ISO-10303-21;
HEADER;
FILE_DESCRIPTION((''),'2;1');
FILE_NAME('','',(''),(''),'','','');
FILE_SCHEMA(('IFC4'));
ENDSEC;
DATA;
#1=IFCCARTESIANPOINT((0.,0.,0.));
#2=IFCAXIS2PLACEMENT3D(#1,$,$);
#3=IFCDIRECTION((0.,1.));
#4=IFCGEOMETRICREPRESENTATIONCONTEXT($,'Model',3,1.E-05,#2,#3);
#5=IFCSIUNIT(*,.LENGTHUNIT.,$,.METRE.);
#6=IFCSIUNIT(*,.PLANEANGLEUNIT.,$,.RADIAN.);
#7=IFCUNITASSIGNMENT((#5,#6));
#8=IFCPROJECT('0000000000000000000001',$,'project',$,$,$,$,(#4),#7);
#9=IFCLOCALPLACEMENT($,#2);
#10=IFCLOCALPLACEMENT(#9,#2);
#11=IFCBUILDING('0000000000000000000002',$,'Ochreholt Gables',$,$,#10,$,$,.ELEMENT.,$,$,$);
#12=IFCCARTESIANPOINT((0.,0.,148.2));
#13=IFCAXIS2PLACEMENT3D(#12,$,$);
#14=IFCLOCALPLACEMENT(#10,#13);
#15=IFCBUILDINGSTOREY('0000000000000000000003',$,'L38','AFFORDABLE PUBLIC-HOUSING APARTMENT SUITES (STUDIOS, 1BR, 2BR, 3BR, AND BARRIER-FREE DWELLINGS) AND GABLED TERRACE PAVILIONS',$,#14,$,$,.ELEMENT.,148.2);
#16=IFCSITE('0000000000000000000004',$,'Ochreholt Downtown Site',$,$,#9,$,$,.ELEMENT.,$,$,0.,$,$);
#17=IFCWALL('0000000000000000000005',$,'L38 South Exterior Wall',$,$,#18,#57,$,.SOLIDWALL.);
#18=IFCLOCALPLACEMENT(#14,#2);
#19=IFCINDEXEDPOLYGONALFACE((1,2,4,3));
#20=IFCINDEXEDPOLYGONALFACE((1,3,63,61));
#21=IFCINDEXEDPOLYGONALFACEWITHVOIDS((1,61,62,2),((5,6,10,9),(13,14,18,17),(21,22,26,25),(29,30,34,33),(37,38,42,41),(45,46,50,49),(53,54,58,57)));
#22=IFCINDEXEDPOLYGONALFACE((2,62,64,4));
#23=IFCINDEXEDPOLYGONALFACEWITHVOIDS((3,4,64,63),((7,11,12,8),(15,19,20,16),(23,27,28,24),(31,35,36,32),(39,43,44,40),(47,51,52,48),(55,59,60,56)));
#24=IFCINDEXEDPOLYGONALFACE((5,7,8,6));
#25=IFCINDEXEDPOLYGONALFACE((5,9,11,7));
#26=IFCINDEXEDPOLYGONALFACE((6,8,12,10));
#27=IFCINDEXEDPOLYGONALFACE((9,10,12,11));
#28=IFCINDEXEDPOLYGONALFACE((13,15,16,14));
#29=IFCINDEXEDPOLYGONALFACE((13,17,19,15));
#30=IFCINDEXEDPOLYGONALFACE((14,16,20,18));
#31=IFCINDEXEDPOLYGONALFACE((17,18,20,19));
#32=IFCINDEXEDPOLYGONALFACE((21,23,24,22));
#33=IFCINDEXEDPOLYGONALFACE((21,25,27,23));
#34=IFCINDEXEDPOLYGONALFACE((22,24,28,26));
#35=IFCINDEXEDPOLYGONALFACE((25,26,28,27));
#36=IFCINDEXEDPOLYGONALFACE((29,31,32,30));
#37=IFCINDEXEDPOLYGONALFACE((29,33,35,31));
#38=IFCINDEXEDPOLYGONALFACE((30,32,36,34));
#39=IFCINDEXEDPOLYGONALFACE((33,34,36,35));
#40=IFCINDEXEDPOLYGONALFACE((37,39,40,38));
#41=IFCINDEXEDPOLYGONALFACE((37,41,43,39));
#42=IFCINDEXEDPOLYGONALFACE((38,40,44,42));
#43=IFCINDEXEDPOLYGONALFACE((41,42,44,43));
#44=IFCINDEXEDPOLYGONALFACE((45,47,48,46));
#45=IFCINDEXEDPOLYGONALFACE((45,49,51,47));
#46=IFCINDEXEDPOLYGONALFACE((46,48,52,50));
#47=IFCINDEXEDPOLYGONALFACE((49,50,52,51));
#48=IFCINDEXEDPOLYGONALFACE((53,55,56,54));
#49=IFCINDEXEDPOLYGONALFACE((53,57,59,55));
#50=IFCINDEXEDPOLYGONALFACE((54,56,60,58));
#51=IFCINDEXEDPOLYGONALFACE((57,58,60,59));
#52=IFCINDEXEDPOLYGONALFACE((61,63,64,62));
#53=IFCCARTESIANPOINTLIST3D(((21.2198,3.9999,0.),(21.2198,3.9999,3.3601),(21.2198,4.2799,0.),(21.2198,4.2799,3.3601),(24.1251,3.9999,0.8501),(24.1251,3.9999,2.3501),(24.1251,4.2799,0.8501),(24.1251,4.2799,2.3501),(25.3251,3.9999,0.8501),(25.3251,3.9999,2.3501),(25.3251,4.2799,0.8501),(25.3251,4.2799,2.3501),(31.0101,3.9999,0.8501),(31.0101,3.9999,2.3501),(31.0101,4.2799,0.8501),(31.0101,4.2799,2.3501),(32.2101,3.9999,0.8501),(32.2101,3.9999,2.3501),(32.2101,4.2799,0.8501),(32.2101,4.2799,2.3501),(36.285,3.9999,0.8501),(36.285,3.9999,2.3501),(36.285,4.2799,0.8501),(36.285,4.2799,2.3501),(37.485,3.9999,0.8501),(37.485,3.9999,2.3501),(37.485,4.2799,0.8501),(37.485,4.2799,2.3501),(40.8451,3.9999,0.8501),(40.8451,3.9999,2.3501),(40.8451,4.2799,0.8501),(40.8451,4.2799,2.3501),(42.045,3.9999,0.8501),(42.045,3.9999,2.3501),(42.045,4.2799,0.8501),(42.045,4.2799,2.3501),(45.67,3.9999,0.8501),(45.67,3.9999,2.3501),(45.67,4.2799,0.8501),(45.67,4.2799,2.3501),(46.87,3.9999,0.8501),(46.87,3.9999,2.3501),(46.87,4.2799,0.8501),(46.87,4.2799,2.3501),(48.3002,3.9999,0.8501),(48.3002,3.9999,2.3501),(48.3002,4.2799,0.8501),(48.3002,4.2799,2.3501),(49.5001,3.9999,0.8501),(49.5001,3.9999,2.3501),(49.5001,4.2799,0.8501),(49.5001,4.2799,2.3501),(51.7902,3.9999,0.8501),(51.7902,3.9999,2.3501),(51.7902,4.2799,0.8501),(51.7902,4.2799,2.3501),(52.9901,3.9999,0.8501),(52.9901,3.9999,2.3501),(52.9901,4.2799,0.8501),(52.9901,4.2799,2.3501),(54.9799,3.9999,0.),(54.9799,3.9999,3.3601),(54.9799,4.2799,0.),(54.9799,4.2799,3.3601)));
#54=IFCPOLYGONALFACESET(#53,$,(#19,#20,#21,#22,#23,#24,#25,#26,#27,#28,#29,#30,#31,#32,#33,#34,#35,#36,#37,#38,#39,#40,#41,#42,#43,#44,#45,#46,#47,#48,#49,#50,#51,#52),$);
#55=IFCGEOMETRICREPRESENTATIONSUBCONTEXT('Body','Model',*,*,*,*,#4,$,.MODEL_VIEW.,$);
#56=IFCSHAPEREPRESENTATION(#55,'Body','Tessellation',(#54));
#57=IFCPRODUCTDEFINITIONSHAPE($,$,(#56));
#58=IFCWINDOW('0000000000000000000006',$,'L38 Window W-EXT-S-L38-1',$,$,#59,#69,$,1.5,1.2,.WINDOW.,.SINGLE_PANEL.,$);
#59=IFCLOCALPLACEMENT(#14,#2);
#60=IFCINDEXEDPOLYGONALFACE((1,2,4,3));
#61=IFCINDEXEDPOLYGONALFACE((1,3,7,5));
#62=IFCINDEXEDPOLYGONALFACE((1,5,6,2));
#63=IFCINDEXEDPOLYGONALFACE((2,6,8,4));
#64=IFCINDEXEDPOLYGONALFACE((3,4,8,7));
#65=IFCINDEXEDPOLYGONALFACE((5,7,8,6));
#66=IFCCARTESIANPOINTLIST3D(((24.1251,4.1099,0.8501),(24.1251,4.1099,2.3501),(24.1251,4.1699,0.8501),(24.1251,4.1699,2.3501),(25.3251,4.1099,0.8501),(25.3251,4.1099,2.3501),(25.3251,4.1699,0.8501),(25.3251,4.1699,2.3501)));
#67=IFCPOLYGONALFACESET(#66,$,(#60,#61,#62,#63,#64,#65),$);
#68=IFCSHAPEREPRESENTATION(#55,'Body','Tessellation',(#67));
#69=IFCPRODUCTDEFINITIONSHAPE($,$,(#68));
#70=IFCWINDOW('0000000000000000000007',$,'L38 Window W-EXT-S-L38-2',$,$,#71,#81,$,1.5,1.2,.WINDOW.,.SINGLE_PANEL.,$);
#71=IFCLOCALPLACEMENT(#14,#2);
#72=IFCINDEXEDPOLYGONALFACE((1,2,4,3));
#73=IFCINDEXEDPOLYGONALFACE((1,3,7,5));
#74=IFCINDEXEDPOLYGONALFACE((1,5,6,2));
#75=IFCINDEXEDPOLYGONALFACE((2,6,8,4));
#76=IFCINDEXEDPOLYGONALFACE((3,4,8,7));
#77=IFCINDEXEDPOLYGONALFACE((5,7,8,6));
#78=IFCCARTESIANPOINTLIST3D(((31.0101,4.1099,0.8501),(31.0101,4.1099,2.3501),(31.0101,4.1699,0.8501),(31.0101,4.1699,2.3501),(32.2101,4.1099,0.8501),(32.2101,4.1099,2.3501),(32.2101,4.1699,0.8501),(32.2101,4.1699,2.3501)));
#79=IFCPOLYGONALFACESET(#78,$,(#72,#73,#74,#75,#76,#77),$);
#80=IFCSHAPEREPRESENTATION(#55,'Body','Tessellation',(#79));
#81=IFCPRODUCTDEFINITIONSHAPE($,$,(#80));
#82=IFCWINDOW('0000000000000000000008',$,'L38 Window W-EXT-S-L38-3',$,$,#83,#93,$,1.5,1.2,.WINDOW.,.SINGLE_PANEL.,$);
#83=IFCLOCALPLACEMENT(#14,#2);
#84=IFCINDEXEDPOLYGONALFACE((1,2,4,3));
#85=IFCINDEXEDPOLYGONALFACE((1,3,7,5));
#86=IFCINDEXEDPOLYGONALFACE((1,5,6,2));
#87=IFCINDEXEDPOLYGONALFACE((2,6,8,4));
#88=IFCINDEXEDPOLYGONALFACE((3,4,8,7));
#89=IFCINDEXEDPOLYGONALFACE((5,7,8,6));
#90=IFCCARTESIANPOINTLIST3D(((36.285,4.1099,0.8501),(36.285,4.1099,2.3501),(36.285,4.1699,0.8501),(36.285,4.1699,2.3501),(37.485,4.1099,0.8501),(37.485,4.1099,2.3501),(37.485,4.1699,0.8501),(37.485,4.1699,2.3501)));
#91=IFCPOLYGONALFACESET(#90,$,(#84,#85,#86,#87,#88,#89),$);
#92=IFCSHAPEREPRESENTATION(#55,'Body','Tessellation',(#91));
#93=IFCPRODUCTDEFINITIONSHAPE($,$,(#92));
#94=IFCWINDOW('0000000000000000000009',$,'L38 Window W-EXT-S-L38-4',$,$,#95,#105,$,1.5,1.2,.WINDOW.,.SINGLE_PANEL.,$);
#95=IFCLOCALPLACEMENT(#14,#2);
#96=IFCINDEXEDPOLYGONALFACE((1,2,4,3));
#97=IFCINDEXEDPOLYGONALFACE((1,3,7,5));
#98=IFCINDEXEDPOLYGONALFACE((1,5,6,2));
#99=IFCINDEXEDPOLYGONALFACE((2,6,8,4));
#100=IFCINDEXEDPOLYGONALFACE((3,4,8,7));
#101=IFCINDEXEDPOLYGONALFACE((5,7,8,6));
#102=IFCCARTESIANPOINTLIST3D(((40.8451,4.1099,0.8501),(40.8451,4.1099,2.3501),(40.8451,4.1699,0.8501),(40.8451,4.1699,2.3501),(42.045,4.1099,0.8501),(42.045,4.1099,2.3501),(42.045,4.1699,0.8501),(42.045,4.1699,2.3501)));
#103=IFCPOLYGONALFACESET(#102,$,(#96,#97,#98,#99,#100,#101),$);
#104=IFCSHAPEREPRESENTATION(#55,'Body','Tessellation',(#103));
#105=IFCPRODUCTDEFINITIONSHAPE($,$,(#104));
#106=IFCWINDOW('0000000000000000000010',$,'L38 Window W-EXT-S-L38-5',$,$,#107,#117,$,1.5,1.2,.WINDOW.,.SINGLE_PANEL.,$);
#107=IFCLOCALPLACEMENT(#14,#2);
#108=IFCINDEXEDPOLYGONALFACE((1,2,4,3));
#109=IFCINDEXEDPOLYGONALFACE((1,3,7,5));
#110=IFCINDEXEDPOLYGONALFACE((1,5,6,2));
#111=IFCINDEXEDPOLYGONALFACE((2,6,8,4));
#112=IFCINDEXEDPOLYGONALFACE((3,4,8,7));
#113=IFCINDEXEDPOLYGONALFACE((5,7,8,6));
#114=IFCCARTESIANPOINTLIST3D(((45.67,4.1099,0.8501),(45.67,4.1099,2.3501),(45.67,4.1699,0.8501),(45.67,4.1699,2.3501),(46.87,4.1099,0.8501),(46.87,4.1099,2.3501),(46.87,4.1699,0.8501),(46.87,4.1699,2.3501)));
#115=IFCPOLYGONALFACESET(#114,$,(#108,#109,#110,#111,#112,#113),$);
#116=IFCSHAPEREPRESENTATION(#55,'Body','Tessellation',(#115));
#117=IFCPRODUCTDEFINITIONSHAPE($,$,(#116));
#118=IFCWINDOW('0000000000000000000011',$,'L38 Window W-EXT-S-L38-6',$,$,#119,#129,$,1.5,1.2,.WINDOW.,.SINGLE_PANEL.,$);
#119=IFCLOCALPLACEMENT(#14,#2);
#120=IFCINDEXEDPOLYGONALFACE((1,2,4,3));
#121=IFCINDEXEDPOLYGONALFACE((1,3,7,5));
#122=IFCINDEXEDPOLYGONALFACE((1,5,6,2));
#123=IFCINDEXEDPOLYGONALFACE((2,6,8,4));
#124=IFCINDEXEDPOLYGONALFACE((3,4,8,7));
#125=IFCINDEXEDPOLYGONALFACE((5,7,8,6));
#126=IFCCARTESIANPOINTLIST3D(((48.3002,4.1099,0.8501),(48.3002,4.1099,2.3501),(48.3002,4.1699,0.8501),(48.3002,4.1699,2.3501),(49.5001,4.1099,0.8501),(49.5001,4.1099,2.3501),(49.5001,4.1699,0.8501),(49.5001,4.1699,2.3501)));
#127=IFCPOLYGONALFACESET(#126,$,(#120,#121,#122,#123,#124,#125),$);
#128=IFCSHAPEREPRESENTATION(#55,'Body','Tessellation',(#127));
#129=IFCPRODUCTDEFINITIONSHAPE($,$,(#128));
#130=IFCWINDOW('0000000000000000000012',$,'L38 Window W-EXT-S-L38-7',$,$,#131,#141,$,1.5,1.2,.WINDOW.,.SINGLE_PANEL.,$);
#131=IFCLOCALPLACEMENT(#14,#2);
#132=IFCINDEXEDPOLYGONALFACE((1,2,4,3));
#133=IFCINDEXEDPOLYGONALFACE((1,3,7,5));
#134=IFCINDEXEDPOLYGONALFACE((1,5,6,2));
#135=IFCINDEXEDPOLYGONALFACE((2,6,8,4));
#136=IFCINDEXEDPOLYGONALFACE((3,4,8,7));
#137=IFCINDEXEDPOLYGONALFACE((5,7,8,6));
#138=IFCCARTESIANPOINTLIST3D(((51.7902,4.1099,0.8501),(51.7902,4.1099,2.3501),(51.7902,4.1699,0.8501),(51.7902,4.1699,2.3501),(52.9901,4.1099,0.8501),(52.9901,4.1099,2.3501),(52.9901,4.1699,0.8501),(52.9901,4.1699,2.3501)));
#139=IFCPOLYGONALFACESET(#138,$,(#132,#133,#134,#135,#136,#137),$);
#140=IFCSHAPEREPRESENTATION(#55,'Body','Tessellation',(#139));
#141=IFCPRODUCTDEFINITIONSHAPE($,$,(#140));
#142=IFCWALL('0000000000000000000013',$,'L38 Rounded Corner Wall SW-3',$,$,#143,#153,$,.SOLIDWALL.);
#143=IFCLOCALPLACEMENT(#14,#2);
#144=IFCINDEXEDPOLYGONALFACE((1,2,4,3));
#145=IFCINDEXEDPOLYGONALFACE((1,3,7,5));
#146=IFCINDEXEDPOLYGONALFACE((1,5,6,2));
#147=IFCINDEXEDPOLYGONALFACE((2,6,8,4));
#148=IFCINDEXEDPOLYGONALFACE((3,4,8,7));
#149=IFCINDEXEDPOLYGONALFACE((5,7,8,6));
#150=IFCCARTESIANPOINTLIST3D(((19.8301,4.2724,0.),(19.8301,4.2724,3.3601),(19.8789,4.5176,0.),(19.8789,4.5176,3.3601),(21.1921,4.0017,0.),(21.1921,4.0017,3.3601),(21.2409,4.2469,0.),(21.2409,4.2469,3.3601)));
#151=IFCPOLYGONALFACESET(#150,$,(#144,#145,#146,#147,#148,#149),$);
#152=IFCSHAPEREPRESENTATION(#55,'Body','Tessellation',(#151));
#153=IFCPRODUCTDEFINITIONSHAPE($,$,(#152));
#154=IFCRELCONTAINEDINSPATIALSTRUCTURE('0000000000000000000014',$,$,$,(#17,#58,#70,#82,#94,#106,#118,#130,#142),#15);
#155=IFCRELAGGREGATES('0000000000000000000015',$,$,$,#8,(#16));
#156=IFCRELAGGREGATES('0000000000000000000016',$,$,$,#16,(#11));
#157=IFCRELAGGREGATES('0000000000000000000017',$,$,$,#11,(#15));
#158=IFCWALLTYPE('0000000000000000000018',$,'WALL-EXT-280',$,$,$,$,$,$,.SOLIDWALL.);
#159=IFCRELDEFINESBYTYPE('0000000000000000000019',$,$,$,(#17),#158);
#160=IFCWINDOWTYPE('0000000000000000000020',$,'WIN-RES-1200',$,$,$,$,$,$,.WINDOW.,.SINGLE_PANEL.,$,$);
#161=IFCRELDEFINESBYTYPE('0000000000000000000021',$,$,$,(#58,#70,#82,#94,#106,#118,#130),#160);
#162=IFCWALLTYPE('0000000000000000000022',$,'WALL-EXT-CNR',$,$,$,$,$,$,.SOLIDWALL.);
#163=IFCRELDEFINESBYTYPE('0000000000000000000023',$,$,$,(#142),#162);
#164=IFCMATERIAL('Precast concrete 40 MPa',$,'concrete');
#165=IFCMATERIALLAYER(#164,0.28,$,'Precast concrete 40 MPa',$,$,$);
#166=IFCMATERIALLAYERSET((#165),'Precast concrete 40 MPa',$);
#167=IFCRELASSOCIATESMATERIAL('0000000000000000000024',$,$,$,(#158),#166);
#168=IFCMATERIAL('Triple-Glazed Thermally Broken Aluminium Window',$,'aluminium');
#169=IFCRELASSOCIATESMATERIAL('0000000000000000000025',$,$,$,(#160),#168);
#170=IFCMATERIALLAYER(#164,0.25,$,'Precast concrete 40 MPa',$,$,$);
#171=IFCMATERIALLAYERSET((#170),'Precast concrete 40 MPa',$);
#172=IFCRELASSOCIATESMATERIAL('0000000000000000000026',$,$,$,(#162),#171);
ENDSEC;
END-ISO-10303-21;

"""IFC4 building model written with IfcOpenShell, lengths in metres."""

from ifc_helpers import new_model, si_unit, direction, frame, frame_2d, origin, place, context, subcontext, project, spatial, rectangle, extrude, material, layer, layer_set, type_object, element, fill, save


model = new_model("IFC4")

# Units and contexts
model_context = context("Model", 3, precision=1e-05, world=origin(), true_north=direction((0.0, 1.0)))
body_context = subcontext(model_context, "Body", "Model", "MODEL_VIEW")
ifc_project = project(units=[si_unit("LENGTHUNIT", "METRE"), si_unit("PLANEANGLEUNIT", "RADIAN")], contexts=[model_context])

# Site, building, storey
site_placement = place(None, origin())
site = spatial("IfcSite", under=ifc_project, at=site_placement, Name="Ochreholt Downtown Site", CompositionType="ELEMENT", RefElevation=0.0)
building_placement = place(site_placement, origin())
building = spatial("IfcBuilding", under=site, at=building_placement, Name="Ochreholt Gables", CompositionType="ELEMENT")
storey_placement = place(building_placement, frame((0.0, 0.0, 148.2)))
storey = spatial("IfcBuildingStorey", under=building, at=storey_placement, Name="L38", Description="AFFORDABLE PUBLIC-HOUSING APARTMENT SUITES (STUDIOS, 1BR, 2BR, 3BR, AND BARRIER-FREE DWELLINGS) AND GABLED TERRACE PAVILIONS", CompositionType="ELEMENT", Elevation=148.2)

# Wall, openings, windows
ifc_material_1 = material(Name="Precast concrete 40 MPa", Category="concrete")
ifc_layer_1 = layer(ifc_material_1, 0.28, Name="Precast concrete 40 MPa")
ifc_layer_set_1 = layer_set([ifc_layer_1], Name="Precast concrete 40 MPa")
wall_type_1 = type_object("IfcWallType", Name="WALL-EXT-280", PredefinedType="SOLIDWALL", material=ifc_layer_set_1)
wall_1_placement = place(storey_placement, frame((21.22, 4.1399, 0.0), z_axis=(0.0, 0.0, 1.0), x_axis=(1.0, 0.0, 0.0)))
wall_1 = element("IfcWall", 1, at=wall_1_placement, inside=storey, type_object=wall_type_1, Name="L38 South Exterior Wall", PredefinedType="SOLIDWALL", context=body_context, shape_type="SweptSolid", body=[
    extrude(rectangle(XDim=33.76, YDim=0.28, at=frame_2d((16.8799, 0.0))), origin(), (0.0, 0.0, 1.0), 3.3601),
])
opening_1_placement = place(wall_1_placement, frame((2.905, 0.0, 0.8501)))
opening_1 = element("IfcOpeningElement", 2, at=opening_1_placement, cuts=wall_1, PredefinedType="OPENING", context=body_context, shape_type="SweptSolid", body=[
    extrude(rectangle(XDim=1.2, YDim=1.5, at=frame_2d((0.6001, 0.75))), frame((0.0, 0.1499, 0.0), z_axis=(0.0, -1.0, 0.0), x_axis=(1.0, 0.0, 0.0)), (0.0, 0.0, 1.0), 0.3),
])
opening_2_placement = place(wall_1_placement, frame((9.79, 0.0, 0.8501)))
opening_2 = element("IfcOpeningElement", 3, at=opening_2_placement, cuts=wall_1, PredefinedType="OPENING", context=body_context, shape_type="SweptSolid", body=[
    extrude(rectangle(XDim=1.2, YDim=1.5, at=frame_2d((0.6001, 0.75))), frame((0.0, 0.1499, 0.0), z_axis=(0.0, -1.0, 0.0), x_axis=(1.0, 0.0, 0.0)), (0.0, 0.0, 1.0), 0.3),
])
opening_3_placement = place(wall_1_placement, frame((15.0649, 0.0, 0.8501)))
opening_3 = element("IfcOpeningElement", 4, at=opening_3_placement, cuts=wall_1, PredefinedType="OPENING", context=body_context, shape_type="SweptSolid", body=[
    extrude(rectangle(XDim=1.2, YDim=1.5, at=frame_2d((0.6001, 0.75))), frame((0.0, 0.1499, 0.0), z_axis=(0.0, -1.0, 0.0), x_axis=(1.0, 0.0, 0.0)), (0.0, 0.0, 1.0), 0.3),
])
opening_4_placement = place(wall_1_placement, frame((19.625, 0.0, 0.8501)))
opening_4 = element("IfcOpeningElement", 5, at=opening_4_placement, cuts=wall_1, PredefinedType="OPENING", context=body_context, shape_type="SweptSolid", body=[
    extrude(rectangle(XDim=1.2, YDim=1.5, at=frame_2d((0.6001, 0.75))), frame((0.0, 0.1499, 0.0), z_axis=(0.0, -1.0, 0.0), x_axis=(1.0, 0.0, 0.0)), (0.0, 0.0, 1.0), 0.3),
])
opening_5_placement = place(wall_1_placement, frame((24.45, 0.0, 0.8501)))
opening_5 = element("IfcOpeningElement", 6, at=opening_5_placement, cuts=wall_1, PredefinedType="OPENING", context=body_context, shape_type="SweptSolid", body=[
    extrude(rectangle(XDim=1.2, YDim=1.5, at=frame_2d((0.6001, 0.75))), frame((0.0, 0.1499, 0.0), z_axis=(0.0, -1.0, 0.0), x_axis=(1.0, 0.0, 0.0)), (0.0, 0.0, 1.0), 0.3),
])
opening_6_placement = place(wall_1_placement, frame((27.0801, 0.0, 0.8501)))
opening_6 = element("IfcOpeningElement", 7, at=opening_6_placement, cuts=wall_1, PredefinedType="OPENING", context=body_context, shape_type="SweptSolid", body=[
    extrude(rectangle(XDim=1.2, YDim=1.5, at=frame_2d((0.6001, 0.75))), frame((0.0, 0.1499, 0.0), z_axis=(0.0, -1.0, 0.0), x_axis=(1.0, 0.0, 0.0)), (0.0, 0.0, 1.0), 0.3),
])
opening_7_placement = place(wall_1_placement, frame((30.5701, 0.0, 0.8501)))
opening_7 = element("IfcOpeningElement", 8, at=opening_7_placement, cuts=wall_1, PredefinedType="OPENING", context=body_context, shape_type="SweptSolid", body=[
    extrude(rectangle(XDim=1.2, YDim=1.5, at=frame_2d((0.6001, 0.75))), frame((0.0, 0.1499, 0.0), z_axis=(0.0, -1.0, 0.0), x_axis=(1.0, 0.0, 0.0)), (0.0, 0.0, 1.0), 0.3),
])
ifc_material_2 = material(Name="Triple-Glazed Thermally Broken Aluminium Window", Category="aluminium")
window_type = type_object("IfcWindowType", Name="WIN-RES-1200", PartitioningType="SINGLE_PANEL", PredefinedType="WINDOW", material=ifc_material_2)
window_1_placement = place(opening_1_placement, origin())
window_1 = element("IfcWindow", 9, at=window_1_placement, inside=storey, type_object=window_type, Name="L38 Window W-EXT-S-L38-1", OverallHeight=1.5, OverallWidth=1.2, PartitioningType="SINGLE_PANEL", PredefinedType="WINDOW", context=body_context, shape_type="SweptSolid", body=[
    extrude(rectangle(XDim=1.2, YDim=1.5, at=frame_2d((0.6001, 0.75))), frame((0.0, 0.03, 0.0), z_axis=(0.0, -1.0, 0.0), x_axis=(1.0, 0.0, 0.0)), (0.0, 0.0, 1.0), 0.0601),
])
fill(opening_1, window_1)
window_2_placement = place(opening_2_placement, origin())
window_2 = element("IfcWindow", 10, at=window_2_placement, inside=storey, type_object=window_type, Name="L38 Window W-EXT-S-L38-2", OverallHeight=1.5, OverallWidth=1.2, PartitioningType="SINGLE_PANEL", PredefinedType="WINDOW", context=body_context, shape_type="SweptSolid", body=[
    extrude(rectangle(XDim=1.2, YDim=1.5, at=frame_2d((0.6001, 0.75))), frame((0.0, 0.03, 0.0), z_axis=(0.0, -1.0, 0.0), x_axis=(1.0, 0.0, 0.0)), (0.0, 0.0, 1.0), 0.0601),
])
fill(opening_2, window_2)
window_3_placement = place(opening_3_placement, origin())
window_3 = element("IfcWindow", 11, at=window_3_placement, inside=storey, type_object=window_type, Name="L38 Window W-EXT-S-L38-3", OverallHeight=1.5, OverallWidth=1.2, PartitioningType="SINGLE_PANEL", PredefinedType="WINDOW", context=body_context, shape_type="SweptSolid", body=[
    extrude(rectangle(XDim=1.2, YDim=1.5, at=frame_2d((0.6001, 0.75))), frame((0.0, 0.03, 0.0), z_axis=(0.0, -1.0, 0.0), x_axis=(1.0, 0.0, 0.0)), (0.0, 0.0, 1.0), 0.0601),
])
fill(opening_3, window_3)
window_4_placement = place(opening_4_placement, origin())
window_4 = element("IfcWindow", 12, at=window_4_placement, inside=storey, type_object=window_type, Name="L38 Window W-EXT-S-L38-4", OverallHeight=1.5, OverallWidth=1.2, PartitioningType="SINGLE_PANEL", PredefinedType="WINDOW", context=body_context, shape_type="SweptSolid", body=[
    extrude(rectangle(XDim=1.2, YDim=1.5, at=frame_2d((0.6001, 0.75))), frame((0.0, 0.03, 0.0), z_axis=(0.0, -1.0, 0.0), x_axis=(1.0, 0.0, 0.0)), (0.0, 0.0, 1.0), 0.0601),
])
fill(opening_4, window_4)
window_5_placement = place(opening_5_placement, origin())
window_5 = element("IfcWindow", 13, at=window_5_placement, inside=storey, type_object=window_type, Name="L38 Window W-EXT-S-L38-5", OverallHeight=1.5, OverallWidth=1.2, PartitioningType="SINGLE_PANEL", PredefinedType="WINDOW", context=body_context, shape_type="SweptSolid", body=[
    extrude(rectangle(XDim=1.2, YDim=1.5, at=frame_2d((0.6001, 0.75))), frame((0.0, 0.03, 0.0), z_axis=(0.0, -1.0, 0.0), x_axis=(1.0, 0.0, 0.0)), (0.0, 0.0, 1.0), 0.0601),
])
fill(opening_5, window_5)
window_6_placement = place(opening_6_placement, origin())
window_6 = element("IfcWindow", 14, at=window_6_placement, inside=storey, type_object=window_type, Name="L38 Window W-EXT-S-L38-6", OverallHeight=1.5, OverallWidth=1.2, PartitioningType="SINGLE_PANEL", PredefinedType="WINDOW", context=body_context, shape_type="SweptSolid", body=[
    extrude(rectangle(XDim=1.2, YDim=1.5, at=frame_2d((0.6001, 0.75))), frame((0.0, 0.03, 0.0), z_axis=(0.0, -1.0, 0.0), x_axis=(1.0, 0.0, 0.0)), (0.0, 0.0, 1.0), 0.0601),
])
fill(opening_6, window_6)
window_7_placement = place(opening_7_placement, origin())
window_7 = element("IfcWindow", 15, at=window_7_placement, inside=storey, type_object=window_type, Name="L38 Window W-EXT-S-L38-7", OverallHeight=1.5, OverallWidth=1.2, PartitioningType="SINGLE_PANEL", PredefinedType="WINDOW", context=body_context, shape_type="SweptSolid", body=[
    extrude(rectangle(XDim=1.2, YDim=1.5, at=frame_2d((0.6001, 0.75))), frame((0.0, 0.03, 0.0), z_axis=(0.0, -1.0, 0.0), x_axis=(1.0, 0.0, 0.0)), (0.0, 0.0, 1.0), 0.0601),
])
fill(opening_7, window_7)

# Wall
ifc_layer_2 = layer(ifc_material_1, 0.25, Name="Precast concrete 40 MPa")
ifc_layer_set_2 = layer_set([ifc_layer_2], Name="Precast concrete 40 MPa")
wall_type_2 = type_object("IfcWallType", Name="WALL-EXT-CNR", PredefinedType="SOLIDWALL", material=ifc_layer_set_2)
wall_2_placement = place(storey_placement, frame((19.8545, 4.395, 0.0), z_axis=(0.0, 0.0, 1.0), x_axis=(0.98081, -0.194967, 0.0)))
element("IfcWall", 16, at=wall_2_placement, inside=storey, type_object=wall_type_2, Name="L38 Rounded Corner Wall SW-3", PredefinedType="SOLIDWALL", context=body_context, shape_type="SweptSolid", body=[
    extrude(rectangle(XDim=1.3887, YDim=0.25, at=frame_2d((0.6943, 0.0))), origin(), (0.0, 0.0, 1.0), 3.3601),
])

save(model, "model.ifc")
